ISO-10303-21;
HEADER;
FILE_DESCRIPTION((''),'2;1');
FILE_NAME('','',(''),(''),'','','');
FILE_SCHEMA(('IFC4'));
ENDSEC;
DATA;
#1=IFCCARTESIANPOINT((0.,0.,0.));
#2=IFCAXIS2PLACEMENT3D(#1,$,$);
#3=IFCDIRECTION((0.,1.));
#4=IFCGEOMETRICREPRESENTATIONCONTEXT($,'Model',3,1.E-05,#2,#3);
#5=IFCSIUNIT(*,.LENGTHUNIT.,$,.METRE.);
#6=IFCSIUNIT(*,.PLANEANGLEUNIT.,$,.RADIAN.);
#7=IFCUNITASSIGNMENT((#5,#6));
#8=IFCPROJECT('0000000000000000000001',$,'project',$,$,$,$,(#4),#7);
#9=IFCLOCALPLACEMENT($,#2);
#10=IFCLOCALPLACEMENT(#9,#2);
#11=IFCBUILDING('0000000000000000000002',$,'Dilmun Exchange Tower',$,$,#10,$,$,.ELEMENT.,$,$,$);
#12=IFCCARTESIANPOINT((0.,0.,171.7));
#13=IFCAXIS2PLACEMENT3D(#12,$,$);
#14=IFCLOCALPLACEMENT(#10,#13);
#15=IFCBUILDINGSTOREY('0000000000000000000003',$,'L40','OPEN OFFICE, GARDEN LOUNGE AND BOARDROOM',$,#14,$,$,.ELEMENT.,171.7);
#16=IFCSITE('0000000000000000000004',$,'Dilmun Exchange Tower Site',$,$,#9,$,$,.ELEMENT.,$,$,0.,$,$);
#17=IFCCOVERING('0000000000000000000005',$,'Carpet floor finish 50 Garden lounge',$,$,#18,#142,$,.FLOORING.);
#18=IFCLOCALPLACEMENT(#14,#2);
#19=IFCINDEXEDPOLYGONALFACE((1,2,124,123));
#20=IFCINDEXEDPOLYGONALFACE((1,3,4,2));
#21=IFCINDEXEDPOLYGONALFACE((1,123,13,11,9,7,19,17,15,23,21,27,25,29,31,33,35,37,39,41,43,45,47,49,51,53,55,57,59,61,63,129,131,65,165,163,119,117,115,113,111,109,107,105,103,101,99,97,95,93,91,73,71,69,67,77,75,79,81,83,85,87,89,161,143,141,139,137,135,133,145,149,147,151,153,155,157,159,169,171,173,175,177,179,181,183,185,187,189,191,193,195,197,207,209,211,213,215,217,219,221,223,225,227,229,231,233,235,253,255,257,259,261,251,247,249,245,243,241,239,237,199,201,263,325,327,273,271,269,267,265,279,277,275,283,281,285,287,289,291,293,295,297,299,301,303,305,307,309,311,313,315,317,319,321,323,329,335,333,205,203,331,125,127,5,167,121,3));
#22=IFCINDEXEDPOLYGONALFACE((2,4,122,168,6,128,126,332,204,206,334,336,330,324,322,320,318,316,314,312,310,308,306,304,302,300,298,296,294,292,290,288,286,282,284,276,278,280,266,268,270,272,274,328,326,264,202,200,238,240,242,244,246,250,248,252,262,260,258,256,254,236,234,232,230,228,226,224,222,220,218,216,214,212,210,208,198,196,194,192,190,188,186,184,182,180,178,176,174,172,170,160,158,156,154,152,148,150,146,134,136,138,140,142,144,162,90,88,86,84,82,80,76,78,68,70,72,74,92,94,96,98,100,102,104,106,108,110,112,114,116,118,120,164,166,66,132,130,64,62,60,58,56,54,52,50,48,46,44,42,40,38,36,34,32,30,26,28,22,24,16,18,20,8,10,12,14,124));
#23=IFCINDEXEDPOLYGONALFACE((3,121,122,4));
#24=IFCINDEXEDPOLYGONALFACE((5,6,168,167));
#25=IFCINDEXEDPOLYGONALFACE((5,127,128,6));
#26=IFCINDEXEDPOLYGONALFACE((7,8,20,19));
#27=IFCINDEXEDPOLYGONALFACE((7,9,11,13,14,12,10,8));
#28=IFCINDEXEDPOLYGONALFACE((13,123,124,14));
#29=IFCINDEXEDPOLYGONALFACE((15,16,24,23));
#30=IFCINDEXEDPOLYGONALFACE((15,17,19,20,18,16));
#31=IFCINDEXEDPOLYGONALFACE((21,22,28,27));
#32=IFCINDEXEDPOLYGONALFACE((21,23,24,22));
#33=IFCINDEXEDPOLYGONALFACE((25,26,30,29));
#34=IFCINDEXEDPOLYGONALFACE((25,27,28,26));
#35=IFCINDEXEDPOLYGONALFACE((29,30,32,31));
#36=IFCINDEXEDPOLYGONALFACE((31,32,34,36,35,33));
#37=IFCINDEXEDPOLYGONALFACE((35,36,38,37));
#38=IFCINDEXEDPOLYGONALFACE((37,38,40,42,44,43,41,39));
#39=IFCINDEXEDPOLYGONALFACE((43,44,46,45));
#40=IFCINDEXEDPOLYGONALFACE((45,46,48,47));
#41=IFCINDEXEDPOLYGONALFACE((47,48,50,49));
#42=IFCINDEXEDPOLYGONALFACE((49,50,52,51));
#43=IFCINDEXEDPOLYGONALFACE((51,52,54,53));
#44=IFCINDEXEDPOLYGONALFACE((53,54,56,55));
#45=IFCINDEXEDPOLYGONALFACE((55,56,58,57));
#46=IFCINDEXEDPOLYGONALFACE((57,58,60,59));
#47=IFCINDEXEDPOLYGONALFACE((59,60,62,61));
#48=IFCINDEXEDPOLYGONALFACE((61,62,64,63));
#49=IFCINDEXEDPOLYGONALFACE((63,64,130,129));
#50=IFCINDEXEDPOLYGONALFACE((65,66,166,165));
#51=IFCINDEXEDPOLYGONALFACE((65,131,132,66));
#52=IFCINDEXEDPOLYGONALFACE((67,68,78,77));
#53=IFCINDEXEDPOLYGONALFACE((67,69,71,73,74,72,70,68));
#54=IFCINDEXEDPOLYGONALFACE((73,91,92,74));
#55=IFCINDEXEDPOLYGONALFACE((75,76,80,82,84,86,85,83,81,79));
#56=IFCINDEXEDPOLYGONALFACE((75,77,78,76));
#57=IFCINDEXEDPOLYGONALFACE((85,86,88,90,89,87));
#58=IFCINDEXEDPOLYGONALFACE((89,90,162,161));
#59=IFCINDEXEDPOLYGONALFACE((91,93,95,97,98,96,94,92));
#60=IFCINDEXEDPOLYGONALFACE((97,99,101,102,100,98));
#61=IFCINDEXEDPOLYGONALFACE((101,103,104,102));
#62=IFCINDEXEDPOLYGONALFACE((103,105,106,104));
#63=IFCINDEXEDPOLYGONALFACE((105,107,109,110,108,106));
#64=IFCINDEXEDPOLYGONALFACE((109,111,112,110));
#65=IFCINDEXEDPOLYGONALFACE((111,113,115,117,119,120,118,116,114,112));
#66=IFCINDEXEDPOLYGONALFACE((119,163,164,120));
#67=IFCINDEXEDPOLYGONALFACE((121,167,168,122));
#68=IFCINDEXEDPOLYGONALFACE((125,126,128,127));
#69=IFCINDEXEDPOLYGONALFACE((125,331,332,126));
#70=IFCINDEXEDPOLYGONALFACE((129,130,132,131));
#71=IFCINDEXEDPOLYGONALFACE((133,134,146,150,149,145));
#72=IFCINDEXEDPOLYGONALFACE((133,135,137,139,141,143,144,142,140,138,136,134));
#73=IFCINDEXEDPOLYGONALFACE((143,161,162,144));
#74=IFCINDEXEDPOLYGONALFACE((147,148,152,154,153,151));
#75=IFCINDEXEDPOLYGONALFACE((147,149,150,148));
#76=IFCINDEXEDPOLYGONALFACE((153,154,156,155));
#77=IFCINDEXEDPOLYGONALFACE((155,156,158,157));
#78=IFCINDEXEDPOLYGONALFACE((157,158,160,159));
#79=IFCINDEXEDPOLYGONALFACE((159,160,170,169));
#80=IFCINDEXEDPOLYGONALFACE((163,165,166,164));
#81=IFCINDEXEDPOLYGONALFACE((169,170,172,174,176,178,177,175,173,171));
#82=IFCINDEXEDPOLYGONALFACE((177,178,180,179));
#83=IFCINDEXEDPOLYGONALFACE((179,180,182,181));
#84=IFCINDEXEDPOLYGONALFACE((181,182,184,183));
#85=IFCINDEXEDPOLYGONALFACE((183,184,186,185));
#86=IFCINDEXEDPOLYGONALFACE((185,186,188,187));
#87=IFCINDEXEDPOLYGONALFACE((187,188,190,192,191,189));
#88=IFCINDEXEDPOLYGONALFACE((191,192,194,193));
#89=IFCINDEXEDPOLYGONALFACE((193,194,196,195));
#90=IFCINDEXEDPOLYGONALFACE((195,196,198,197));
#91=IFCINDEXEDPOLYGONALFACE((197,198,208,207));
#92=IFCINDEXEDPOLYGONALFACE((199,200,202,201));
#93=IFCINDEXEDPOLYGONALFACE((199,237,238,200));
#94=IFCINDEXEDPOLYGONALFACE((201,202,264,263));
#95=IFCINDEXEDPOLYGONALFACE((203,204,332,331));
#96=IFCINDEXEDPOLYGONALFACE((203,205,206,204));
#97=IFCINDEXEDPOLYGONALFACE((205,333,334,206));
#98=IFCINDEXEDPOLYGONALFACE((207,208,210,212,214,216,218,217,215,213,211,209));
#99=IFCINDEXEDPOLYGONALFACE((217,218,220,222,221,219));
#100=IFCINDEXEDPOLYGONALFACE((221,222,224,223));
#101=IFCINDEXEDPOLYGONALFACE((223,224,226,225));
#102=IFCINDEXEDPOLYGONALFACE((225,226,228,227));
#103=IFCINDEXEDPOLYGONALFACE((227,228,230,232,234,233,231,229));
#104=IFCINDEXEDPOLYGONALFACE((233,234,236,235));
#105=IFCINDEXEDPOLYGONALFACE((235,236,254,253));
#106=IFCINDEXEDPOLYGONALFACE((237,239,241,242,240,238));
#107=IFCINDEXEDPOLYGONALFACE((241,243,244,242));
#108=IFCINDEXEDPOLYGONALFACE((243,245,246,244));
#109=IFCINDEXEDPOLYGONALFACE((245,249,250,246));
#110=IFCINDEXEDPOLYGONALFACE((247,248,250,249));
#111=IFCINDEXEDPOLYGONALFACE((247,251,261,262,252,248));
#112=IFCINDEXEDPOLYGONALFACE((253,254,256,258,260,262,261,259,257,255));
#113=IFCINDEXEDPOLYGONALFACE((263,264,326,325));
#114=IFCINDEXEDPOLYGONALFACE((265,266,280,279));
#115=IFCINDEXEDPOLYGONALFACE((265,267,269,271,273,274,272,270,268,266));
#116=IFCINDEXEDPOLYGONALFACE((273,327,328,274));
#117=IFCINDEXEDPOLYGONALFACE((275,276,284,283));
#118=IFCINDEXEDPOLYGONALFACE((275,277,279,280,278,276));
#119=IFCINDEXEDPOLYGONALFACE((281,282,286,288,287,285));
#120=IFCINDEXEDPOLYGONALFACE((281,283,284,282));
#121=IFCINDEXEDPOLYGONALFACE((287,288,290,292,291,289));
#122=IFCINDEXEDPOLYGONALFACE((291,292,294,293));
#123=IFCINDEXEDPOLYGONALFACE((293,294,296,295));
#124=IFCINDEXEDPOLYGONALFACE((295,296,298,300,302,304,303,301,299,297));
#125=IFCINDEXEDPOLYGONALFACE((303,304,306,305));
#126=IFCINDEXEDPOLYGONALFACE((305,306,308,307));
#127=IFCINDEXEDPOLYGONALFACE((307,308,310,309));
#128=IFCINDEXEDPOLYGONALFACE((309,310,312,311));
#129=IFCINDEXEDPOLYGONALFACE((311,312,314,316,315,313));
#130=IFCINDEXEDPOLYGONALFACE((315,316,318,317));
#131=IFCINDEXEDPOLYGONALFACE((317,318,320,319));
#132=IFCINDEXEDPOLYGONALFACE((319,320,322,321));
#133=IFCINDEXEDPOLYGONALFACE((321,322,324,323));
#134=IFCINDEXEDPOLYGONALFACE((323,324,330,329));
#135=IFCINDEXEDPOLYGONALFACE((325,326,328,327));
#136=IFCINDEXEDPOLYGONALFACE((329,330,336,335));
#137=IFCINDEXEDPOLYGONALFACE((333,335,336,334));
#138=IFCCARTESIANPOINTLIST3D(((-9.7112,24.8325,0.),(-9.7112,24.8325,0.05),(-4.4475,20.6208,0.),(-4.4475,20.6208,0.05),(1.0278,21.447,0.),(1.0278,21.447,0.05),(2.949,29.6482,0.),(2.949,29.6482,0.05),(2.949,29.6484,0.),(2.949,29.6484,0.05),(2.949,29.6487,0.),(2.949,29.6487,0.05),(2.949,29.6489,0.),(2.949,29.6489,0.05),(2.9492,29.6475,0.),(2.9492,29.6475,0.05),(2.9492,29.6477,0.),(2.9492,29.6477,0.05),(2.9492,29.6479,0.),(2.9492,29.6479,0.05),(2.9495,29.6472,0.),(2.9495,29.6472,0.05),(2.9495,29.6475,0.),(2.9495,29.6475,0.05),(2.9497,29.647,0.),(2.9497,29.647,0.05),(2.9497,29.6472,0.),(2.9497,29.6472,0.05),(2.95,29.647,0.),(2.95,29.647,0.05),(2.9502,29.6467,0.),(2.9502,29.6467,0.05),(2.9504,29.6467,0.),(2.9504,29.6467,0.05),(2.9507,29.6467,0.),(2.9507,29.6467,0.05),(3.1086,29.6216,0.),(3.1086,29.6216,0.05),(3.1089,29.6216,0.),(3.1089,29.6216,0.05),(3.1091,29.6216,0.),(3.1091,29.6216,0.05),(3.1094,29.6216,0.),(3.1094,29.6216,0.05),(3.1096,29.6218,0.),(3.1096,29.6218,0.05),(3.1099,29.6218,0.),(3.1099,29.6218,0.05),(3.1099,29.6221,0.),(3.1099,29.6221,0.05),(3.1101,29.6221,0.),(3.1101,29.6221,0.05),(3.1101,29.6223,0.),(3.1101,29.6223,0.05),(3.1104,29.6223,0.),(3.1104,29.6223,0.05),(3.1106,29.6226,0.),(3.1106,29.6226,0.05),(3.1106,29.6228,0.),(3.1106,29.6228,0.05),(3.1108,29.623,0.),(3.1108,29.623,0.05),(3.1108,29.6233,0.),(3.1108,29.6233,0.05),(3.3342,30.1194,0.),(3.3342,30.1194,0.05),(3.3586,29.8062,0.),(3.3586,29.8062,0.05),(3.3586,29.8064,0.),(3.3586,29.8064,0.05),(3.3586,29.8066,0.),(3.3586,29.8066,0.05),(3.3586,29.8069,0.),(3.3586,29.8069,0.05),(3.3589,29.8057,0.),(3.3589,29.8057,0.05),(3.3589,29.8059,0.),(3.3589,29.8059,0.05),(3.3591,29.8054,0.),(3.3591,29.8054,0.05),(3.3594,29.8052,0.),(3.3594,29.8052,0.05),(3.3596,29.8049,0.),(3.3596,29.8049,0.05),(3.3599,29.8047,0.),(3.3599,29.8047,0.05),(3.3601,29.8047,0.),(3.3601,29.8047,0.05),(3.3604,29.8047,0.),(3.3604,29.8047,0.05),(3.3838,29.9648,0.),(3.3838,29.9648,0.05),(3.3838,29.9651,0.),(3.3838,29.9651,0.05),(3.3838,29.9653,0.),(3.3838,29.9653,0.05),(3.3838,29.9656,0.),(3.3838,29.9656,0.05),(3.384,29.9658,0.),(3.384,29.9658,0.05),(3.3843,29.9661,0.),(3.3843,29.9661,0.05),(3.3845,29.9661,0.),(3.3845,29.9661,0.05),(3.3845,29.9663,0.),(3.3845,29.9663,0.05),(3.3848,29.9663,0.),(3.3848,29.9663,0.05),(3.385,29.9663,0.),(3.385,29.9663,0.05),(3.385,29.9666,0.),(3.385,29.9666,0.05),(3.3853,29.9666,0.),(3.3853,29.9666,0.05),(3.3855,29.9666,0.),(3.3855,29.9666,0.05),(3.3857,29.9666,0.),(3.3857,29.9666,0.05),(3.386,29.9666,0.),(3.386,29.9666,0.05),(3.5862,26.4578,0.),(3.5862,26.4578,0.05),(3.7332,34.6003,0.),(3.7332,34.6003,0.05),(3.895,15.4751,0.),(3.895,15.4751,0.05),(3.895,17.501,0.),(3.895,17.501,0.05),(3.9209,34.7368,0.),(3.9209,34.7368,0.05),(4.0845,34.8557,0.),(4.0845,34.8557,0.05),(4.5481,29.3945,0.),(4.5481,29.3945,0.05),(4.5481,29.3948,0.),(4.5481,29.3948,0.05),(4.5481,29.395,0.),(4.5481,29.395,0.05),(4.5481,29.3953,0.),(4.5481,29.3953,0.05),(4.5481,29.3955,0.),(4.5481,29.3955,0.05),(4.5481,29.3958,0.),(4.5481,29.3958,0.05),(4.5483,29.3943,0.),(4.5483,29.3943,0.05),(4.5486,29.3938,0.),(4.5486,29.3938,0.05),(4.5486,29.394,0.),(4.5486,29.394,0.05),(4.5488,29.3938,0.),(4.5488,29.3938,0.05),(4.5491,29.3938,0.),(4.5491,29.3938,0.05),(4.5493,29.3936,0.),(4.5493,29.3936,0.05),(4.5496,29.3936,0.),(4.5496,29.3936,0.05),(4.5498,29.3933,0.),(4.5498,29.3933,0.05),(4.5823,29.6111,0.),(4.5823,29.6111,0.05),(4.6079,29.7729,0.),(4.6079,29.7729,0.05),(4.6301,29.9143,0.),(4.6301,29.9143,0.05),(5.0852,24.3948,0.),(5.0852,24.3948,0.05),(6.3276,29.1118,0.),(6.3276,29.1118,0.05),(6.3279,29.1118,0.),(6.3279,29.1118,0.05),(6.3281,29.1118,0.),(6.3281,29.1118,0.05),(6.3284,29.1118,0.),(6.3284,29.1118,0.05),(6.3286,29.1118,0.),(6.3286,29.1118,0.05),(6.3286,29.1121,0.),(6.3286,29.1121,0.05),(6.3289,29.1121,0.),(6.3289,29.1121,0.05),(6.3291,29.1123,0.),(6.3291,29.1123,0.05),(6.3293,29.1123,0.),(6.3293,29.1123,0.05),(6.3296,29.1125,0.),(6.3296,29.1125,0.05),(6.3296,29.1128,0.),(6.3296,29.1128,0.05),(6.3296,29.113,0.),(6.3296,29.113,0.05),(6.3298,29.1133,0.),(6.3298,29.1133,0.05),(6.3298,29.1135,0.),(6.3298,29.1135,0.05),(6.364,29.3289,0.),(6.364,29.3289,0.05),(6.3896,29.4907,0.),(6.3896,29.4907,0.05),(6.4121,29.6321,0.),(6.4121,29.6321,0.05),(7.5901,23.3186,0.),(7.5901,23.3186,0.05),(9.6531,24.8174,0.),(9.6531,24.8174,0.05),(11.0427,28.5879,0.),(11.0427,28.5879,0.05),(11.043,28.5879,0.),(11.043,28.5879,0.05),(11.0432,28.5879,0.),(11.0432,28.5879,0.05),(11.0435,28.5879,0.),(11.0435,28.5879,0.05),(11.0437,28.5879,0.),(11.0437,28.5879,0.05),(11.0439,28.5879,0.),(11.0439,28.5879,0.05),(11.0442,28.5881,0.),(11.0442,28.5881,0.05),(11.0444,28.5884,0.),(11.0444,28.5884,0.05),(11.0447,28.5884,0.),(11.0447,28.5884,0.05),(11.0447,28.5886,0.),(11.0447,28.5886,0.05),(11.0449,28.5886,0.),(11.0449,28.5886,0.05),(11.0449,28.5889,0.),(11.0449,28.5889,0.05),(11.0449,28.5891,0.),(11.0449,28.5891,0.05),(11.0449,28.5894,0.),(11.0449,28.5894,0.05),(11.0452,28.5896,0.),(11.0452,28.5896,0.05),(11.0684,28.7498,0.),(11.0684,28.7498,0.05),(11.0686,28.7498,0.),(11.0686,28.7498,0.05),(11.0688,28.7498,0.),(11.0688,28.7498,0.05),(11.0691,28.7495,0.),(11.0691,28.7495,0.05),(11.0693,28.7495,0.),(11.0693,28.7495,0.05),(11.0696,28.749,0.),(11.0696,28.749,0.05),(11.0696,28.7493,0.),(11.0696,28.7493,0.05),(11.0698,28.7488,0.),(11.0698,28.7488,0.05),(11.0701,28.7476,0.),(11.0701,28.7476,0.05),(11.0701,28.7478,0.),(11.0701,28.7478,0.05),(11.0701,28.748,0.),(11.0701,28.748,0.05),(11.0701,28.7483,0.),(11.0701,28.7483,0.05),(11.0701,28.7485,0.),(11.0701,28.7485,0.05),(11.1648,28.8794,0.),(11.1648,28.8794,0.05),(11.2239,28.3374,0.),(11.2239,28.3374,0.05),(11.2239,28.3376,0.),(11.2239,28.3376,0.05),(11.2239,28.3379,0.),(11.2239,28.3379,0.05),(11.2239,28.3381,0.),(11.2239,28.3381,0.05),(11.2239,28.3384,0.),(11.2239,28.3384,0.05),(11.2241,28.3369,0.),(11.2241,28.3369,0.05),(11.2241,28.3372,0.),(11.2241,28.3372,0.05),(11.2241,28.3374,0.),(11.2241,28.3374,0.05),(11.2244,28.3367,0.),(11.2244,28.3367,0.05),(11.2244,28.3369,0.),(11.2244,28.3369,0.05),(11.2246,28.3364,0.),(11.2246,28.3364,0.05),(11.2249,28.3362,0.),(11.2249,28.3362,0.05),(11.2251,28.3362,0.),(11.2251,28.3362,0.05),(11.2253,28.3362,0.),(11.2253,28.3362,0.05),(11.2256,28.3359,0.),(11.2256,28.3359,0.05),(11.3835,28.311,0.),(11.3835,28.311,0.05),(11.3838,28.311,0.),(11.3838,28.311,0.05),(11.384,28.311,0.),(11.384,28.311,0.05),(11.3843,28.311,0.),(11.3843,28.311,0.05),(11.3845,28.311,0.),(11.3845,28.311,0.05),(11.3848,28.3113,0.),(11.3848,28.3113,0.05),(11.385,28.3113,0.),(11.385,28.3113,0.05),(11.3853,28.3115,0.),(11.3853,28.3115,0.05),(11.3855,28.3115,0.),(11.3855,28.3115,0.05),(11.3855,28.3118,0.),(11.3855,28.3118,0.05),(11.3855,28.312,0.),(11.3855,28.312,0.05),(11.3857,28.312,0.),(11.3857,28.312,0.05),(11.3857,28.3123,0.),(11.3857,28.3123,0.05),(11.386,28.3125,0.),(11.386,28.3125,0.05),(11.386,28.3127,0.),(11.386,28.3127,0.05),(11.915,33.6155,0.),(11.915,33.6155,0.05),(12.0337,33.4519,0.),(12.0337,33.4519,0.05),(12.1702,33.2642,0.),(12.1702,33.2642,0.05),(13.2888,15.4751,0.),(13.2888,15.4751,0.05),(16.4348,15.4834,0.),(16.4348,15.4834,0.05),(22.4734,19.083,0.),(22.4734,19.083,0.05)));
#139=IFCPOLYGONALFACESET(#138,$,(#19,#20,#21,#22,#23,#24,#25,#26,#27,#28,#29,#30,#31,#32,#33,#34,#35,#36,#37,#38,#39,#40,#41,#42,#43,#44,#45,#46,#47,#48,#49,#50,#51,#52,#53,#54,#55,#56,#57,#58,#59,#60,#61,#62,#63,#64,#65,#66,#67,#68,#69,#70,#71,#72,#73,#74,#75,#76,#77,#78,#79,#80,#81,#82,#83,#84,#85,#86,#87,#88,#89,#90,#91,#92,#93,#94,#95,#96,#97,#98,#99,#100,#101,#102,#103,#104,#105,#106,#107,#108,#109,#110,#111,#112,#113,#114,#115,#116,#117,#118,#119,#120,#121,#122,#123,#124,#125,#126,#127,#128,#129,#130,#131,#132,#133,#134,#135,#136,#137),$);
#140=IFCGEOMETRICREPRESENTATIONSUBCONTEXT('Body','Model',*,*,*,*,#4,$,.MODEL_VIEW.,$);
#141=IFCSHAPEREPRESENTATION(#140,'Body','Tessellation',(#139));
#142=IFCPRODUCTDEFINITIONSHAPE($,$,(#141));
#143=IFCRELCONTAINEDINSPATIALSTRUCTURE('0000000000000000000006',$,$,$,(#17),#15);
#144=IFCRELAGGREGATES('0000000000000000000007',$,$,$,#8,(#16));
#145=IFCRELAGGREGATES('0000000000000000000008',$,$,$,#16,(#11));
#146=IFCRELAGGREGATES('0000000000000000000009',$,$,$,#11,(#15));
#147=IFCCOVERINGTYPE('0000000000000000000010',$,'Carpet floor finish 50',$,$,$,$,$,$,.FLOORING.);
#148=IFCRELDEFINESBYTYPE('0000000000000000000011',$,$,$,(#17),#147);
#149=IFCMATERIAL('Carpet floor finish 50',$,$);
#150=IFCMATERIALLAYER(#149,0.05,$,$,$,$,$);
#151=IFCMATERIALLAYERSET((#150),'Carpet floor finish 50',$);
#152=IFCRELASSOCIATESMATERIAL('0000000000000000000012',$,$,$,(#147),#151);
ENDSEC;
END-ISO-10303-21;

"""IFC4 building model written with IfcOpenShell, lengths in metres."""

from ifc_helpers import new_model, si_unit, direction, frame, origin, place, context, subcontext, project, spatial, polyline, outline, extrude, material, layer, layer_set, type_object, element, save


model = new_model("IFC4")

# Units and contexts
model_context = context("Model", 3, precision=1e-05, world=origin(), true_north=direction((0.0, 1.0)))
body_context = subcontext(model_context, "Body", "Model", "MODEL_VIEW")
ifc_project = project(units=[si_unit("LENGTHUNIT", "METRE"), si_unit("PLANEANGLEUNIT", "RADIAN")], contexts=[model_context])

# Site, building, storey
site_placement = place(None, origin())
site = spatial("IfcSite", under=ifc_project, at=site_placement, Name="Dilmun Exchange Tower Site", CompositionType="ELEMENT", RefElevation=0.0)
building_placement = place(site_placement, origin())
building = spatial("IfcBuilding", under=site, at=building_placement, Name="Dilmun Exchange Tower", CompositionType="ELEMENT")
storey_placement = place(building_placement, frame((0.0, 0.0, 171.7)))
storey = spatial("IfcBuildingStorey", under=building, at=storey_placement, Name="L40", Description="OPEN OFFICE, GARDEN LOUNGE AND BOARDROOM", CompositionType="ELEMENT", Elevation=171.7)

# Covering
ifc_material_1 = material(Name="Carpet floor finish 50")
ifc_layer_1 = layer(ifc_material_1, 0.05)
ifc_layer_set_1 = layer_set([ifc_layer_1], Name="Carpet floor finish 50")
covering_type_1 = type_object("IfcCoveringType", Name="Carpet floor finish 50", PredefinedType="FLOORING", material=ifc_layer_set_1)
covering_1_placement = place(storey_placement, origin())
element("IfcCovering", 1, at=covering_1_placement, inside=storey, type_object=covering_type_1, Name="Carpet floor finish 50 Garden lounge", PredefinedType="FLOORING", context=body_context, shape_type="SweptSolid", body=[
    extrude(outline(polyline([(-9.7112, 24.8325), (3.7332, 34.6003), (2.949, 29.6489), (2.949, 29.6487), (2.949, 29.6487), (2.949, 29.6484), (2.949, 29.6482), (2.949, 29.6482), (2.9492, 29.6479), (2.9492, 29.6477), (2.9492, 29.6475), (2.9495, 29.6475), (2.9495, 29.6472), (2.9497, 29.6472), (2.9497, 29.647), (2.95, 29.647), (2.9502, 29.6467), (2.9504, 29.6467), (2.9507, 29.6467), (3.1086, 29.6216), (3.1089, 29.6216), (3.1089, 29.6216), (3.1091, 29.6216), (3.1094, 29.6216), (3.1096, 29.6218), (3.1099, 29.6218), (3.1099, 29.6221), (3.1101, 29.6221), (3.1101, 29.6223), (3.1104, 29.6223), (3.1106, 29.6226), (3.1106, 29.6226), (3.1106, 29.6228), (3.1108, 29.623), (3.1108, 29.6233), (3.1108, 29.6233), (3.9209, 34.7368), (4.0845, 34.8557), (3.3342, 30.1194), (4.6301, 29.9143), (4.6079, 29.7729), (3.386, 29.9666), (3.3857, 29.9666), (3.3855, 29.9666), (3.3855, 29.9666), (3.3853, 29.9666), (3.385, 29.9666), (3.385, 29.9663), (3.3848, 29.9663), (3.3845, 29.9663), (3.3845, 29.9661), (3.3843, 29.9661), (3.384, 29.9658), (3.384, 29.9658), (3.3838, 29.9656), (3.3838, 29.9653), (3.3838, 29.9651), (3.3838, 29.9648), (3.3586, 29.8069), (3.3586, 29.8066), (3.3586, 29.8064), (3.3586, 29.8064), (3.3586, 29.8062), (3.3589, 29.8059), (3.3589, 29.8057), (3.3589, 29.8057), (3.3591, 29.8054), (3.3591, 29.8054), (3.3594, 29.8052), (3.3596, 29.8049), (3.3596, 29.8049), (3.3599, 29.8047), (3.3601, 29.8047), (3.3601, 29.8047), (3.3604, 29.8047), (4.5823, 29.6111), (4.5481, 29.3958), (4.5481, 29.3955), (4.5481, 29.3953), (4.5481, 29.395), (4.5481, 29.395), (4.5481, 29.3948), (4.5481, 29.3945), (4.5483, 29.3943), (4.5483, 29.3943), (4.5486, 29.394), (4.5486, 29.3938), (4.5488, 29.3938), (4.5491, 29.3938), (4.5493, 29.3936), (4.5493, 29.3936), (4.5496, 29.3936), (4.5498, 29.3933), (6.3276, 29.1118), (6.3276, 29.1118), (6.3279, 29.1118), (6.3281, 29.1118), (6.3284, 29.1118), (6.3286, 29.1118), (6.3286, 29.1121), (6.3289, 29.1121), (6.3291, 29.1123), (6.3291, 29.1123), (6.3293, 29.1123), (6.3296, 29.1125), (6.3296, 29.1128), (6.3296, 29.1128), (6.3296, 29.113), (6.3298, 29.1133), (6.3298, 29.1135), (6.364, 29.3289), (11.0427, 28.5879), (11.043, 28.5879), (11.0432, 28.5879), (11.0435, 28.5879), (11.0437, 28.5879), (11.0437, 28.5879), (11.0439, 28.5879), (11.0442, 28.5881), (11.0442, 28.5881), (11.0444, 28.5884), (11.0447, 28.5884), (11.0447, 28.5886), (11.0449, 28.5886), (11.0449, 28.5889), (11.0449, 28.5891), (11.0449, 28.5894), (11.0452, 28.5896), (11.0701, 28.7476), (11.0701, 28.7478), (11.0701, 28.7478), (11.0701, 28.748), (11.0701, 28.7483), (11.0701, 28.7485), (11.0698, 28.7488), (11.0698, 28.7488), (11.0696, 28.749), (11.0696, 28.749), (11.0696, 28.7493), (11.0693, 28.7495), (11.0691, 28.7495), (11.0691, 28.7495), (11.0688, 28.7498), (11.0686, 28.7498), (11.0684, 28.7498), (6.3896, 29.4907), (6.4121, 29.6321), (11.1648, 28.8794), (11.915, 33.6155), (12.0337, 33.4519), (11.2239, 28.3384), (11.2239, 28.3381), (11.2239, 28.3379), (11.2239, 28.3376), (11.2239, 28.3374), (11.2241, 28.3374), (11.2241, 28.3372), (11.2241, 28.3369), (11.2244, 28.3369), (11.2244, 28.3367), (11.2246, 28.3364), (11.2246, 28.3364), (11.2249, 28.3362), (11.2251, 28.3362), (11.2251, 28.3362), (11.2253, 28.3362), (11.2256, 28.3359), (11.3835, 28.311), (11.3838, 28.311), (11.384, 28.311), (11.3843, 28.311), (11.3845, 28.311), (11.3845, 28.311), (11.3848, 28.3113), (11.385, 28.3113), (11.385, 28.3113), (11.3853, 28.3115), (11.3855, 28.3115), (11.3855, 28.3118), (11.3855, 28.312), (11.3857, 28.312), (11.3857, 28.3123), (11.386, 28.3125), (11.386, 28.3127), (12.1702, 33.2642), (22.4734, 19.083), (16.4348, 15.4834), (9.6531, 24.8174), (7.5901, 23.3186), (13.2888, 15.4751), (3.895, 15.4751), (3.895, 17.501), (1.0278, 21.447), (5.0852, 24.3948), (3.5862, 26.4578), (-4.4475, 20.6208), (-9.7112, 24.8325)])), origin(), (0.0, 0.0, 1.0), 0.05),
])

save(model, "model.ifc")
